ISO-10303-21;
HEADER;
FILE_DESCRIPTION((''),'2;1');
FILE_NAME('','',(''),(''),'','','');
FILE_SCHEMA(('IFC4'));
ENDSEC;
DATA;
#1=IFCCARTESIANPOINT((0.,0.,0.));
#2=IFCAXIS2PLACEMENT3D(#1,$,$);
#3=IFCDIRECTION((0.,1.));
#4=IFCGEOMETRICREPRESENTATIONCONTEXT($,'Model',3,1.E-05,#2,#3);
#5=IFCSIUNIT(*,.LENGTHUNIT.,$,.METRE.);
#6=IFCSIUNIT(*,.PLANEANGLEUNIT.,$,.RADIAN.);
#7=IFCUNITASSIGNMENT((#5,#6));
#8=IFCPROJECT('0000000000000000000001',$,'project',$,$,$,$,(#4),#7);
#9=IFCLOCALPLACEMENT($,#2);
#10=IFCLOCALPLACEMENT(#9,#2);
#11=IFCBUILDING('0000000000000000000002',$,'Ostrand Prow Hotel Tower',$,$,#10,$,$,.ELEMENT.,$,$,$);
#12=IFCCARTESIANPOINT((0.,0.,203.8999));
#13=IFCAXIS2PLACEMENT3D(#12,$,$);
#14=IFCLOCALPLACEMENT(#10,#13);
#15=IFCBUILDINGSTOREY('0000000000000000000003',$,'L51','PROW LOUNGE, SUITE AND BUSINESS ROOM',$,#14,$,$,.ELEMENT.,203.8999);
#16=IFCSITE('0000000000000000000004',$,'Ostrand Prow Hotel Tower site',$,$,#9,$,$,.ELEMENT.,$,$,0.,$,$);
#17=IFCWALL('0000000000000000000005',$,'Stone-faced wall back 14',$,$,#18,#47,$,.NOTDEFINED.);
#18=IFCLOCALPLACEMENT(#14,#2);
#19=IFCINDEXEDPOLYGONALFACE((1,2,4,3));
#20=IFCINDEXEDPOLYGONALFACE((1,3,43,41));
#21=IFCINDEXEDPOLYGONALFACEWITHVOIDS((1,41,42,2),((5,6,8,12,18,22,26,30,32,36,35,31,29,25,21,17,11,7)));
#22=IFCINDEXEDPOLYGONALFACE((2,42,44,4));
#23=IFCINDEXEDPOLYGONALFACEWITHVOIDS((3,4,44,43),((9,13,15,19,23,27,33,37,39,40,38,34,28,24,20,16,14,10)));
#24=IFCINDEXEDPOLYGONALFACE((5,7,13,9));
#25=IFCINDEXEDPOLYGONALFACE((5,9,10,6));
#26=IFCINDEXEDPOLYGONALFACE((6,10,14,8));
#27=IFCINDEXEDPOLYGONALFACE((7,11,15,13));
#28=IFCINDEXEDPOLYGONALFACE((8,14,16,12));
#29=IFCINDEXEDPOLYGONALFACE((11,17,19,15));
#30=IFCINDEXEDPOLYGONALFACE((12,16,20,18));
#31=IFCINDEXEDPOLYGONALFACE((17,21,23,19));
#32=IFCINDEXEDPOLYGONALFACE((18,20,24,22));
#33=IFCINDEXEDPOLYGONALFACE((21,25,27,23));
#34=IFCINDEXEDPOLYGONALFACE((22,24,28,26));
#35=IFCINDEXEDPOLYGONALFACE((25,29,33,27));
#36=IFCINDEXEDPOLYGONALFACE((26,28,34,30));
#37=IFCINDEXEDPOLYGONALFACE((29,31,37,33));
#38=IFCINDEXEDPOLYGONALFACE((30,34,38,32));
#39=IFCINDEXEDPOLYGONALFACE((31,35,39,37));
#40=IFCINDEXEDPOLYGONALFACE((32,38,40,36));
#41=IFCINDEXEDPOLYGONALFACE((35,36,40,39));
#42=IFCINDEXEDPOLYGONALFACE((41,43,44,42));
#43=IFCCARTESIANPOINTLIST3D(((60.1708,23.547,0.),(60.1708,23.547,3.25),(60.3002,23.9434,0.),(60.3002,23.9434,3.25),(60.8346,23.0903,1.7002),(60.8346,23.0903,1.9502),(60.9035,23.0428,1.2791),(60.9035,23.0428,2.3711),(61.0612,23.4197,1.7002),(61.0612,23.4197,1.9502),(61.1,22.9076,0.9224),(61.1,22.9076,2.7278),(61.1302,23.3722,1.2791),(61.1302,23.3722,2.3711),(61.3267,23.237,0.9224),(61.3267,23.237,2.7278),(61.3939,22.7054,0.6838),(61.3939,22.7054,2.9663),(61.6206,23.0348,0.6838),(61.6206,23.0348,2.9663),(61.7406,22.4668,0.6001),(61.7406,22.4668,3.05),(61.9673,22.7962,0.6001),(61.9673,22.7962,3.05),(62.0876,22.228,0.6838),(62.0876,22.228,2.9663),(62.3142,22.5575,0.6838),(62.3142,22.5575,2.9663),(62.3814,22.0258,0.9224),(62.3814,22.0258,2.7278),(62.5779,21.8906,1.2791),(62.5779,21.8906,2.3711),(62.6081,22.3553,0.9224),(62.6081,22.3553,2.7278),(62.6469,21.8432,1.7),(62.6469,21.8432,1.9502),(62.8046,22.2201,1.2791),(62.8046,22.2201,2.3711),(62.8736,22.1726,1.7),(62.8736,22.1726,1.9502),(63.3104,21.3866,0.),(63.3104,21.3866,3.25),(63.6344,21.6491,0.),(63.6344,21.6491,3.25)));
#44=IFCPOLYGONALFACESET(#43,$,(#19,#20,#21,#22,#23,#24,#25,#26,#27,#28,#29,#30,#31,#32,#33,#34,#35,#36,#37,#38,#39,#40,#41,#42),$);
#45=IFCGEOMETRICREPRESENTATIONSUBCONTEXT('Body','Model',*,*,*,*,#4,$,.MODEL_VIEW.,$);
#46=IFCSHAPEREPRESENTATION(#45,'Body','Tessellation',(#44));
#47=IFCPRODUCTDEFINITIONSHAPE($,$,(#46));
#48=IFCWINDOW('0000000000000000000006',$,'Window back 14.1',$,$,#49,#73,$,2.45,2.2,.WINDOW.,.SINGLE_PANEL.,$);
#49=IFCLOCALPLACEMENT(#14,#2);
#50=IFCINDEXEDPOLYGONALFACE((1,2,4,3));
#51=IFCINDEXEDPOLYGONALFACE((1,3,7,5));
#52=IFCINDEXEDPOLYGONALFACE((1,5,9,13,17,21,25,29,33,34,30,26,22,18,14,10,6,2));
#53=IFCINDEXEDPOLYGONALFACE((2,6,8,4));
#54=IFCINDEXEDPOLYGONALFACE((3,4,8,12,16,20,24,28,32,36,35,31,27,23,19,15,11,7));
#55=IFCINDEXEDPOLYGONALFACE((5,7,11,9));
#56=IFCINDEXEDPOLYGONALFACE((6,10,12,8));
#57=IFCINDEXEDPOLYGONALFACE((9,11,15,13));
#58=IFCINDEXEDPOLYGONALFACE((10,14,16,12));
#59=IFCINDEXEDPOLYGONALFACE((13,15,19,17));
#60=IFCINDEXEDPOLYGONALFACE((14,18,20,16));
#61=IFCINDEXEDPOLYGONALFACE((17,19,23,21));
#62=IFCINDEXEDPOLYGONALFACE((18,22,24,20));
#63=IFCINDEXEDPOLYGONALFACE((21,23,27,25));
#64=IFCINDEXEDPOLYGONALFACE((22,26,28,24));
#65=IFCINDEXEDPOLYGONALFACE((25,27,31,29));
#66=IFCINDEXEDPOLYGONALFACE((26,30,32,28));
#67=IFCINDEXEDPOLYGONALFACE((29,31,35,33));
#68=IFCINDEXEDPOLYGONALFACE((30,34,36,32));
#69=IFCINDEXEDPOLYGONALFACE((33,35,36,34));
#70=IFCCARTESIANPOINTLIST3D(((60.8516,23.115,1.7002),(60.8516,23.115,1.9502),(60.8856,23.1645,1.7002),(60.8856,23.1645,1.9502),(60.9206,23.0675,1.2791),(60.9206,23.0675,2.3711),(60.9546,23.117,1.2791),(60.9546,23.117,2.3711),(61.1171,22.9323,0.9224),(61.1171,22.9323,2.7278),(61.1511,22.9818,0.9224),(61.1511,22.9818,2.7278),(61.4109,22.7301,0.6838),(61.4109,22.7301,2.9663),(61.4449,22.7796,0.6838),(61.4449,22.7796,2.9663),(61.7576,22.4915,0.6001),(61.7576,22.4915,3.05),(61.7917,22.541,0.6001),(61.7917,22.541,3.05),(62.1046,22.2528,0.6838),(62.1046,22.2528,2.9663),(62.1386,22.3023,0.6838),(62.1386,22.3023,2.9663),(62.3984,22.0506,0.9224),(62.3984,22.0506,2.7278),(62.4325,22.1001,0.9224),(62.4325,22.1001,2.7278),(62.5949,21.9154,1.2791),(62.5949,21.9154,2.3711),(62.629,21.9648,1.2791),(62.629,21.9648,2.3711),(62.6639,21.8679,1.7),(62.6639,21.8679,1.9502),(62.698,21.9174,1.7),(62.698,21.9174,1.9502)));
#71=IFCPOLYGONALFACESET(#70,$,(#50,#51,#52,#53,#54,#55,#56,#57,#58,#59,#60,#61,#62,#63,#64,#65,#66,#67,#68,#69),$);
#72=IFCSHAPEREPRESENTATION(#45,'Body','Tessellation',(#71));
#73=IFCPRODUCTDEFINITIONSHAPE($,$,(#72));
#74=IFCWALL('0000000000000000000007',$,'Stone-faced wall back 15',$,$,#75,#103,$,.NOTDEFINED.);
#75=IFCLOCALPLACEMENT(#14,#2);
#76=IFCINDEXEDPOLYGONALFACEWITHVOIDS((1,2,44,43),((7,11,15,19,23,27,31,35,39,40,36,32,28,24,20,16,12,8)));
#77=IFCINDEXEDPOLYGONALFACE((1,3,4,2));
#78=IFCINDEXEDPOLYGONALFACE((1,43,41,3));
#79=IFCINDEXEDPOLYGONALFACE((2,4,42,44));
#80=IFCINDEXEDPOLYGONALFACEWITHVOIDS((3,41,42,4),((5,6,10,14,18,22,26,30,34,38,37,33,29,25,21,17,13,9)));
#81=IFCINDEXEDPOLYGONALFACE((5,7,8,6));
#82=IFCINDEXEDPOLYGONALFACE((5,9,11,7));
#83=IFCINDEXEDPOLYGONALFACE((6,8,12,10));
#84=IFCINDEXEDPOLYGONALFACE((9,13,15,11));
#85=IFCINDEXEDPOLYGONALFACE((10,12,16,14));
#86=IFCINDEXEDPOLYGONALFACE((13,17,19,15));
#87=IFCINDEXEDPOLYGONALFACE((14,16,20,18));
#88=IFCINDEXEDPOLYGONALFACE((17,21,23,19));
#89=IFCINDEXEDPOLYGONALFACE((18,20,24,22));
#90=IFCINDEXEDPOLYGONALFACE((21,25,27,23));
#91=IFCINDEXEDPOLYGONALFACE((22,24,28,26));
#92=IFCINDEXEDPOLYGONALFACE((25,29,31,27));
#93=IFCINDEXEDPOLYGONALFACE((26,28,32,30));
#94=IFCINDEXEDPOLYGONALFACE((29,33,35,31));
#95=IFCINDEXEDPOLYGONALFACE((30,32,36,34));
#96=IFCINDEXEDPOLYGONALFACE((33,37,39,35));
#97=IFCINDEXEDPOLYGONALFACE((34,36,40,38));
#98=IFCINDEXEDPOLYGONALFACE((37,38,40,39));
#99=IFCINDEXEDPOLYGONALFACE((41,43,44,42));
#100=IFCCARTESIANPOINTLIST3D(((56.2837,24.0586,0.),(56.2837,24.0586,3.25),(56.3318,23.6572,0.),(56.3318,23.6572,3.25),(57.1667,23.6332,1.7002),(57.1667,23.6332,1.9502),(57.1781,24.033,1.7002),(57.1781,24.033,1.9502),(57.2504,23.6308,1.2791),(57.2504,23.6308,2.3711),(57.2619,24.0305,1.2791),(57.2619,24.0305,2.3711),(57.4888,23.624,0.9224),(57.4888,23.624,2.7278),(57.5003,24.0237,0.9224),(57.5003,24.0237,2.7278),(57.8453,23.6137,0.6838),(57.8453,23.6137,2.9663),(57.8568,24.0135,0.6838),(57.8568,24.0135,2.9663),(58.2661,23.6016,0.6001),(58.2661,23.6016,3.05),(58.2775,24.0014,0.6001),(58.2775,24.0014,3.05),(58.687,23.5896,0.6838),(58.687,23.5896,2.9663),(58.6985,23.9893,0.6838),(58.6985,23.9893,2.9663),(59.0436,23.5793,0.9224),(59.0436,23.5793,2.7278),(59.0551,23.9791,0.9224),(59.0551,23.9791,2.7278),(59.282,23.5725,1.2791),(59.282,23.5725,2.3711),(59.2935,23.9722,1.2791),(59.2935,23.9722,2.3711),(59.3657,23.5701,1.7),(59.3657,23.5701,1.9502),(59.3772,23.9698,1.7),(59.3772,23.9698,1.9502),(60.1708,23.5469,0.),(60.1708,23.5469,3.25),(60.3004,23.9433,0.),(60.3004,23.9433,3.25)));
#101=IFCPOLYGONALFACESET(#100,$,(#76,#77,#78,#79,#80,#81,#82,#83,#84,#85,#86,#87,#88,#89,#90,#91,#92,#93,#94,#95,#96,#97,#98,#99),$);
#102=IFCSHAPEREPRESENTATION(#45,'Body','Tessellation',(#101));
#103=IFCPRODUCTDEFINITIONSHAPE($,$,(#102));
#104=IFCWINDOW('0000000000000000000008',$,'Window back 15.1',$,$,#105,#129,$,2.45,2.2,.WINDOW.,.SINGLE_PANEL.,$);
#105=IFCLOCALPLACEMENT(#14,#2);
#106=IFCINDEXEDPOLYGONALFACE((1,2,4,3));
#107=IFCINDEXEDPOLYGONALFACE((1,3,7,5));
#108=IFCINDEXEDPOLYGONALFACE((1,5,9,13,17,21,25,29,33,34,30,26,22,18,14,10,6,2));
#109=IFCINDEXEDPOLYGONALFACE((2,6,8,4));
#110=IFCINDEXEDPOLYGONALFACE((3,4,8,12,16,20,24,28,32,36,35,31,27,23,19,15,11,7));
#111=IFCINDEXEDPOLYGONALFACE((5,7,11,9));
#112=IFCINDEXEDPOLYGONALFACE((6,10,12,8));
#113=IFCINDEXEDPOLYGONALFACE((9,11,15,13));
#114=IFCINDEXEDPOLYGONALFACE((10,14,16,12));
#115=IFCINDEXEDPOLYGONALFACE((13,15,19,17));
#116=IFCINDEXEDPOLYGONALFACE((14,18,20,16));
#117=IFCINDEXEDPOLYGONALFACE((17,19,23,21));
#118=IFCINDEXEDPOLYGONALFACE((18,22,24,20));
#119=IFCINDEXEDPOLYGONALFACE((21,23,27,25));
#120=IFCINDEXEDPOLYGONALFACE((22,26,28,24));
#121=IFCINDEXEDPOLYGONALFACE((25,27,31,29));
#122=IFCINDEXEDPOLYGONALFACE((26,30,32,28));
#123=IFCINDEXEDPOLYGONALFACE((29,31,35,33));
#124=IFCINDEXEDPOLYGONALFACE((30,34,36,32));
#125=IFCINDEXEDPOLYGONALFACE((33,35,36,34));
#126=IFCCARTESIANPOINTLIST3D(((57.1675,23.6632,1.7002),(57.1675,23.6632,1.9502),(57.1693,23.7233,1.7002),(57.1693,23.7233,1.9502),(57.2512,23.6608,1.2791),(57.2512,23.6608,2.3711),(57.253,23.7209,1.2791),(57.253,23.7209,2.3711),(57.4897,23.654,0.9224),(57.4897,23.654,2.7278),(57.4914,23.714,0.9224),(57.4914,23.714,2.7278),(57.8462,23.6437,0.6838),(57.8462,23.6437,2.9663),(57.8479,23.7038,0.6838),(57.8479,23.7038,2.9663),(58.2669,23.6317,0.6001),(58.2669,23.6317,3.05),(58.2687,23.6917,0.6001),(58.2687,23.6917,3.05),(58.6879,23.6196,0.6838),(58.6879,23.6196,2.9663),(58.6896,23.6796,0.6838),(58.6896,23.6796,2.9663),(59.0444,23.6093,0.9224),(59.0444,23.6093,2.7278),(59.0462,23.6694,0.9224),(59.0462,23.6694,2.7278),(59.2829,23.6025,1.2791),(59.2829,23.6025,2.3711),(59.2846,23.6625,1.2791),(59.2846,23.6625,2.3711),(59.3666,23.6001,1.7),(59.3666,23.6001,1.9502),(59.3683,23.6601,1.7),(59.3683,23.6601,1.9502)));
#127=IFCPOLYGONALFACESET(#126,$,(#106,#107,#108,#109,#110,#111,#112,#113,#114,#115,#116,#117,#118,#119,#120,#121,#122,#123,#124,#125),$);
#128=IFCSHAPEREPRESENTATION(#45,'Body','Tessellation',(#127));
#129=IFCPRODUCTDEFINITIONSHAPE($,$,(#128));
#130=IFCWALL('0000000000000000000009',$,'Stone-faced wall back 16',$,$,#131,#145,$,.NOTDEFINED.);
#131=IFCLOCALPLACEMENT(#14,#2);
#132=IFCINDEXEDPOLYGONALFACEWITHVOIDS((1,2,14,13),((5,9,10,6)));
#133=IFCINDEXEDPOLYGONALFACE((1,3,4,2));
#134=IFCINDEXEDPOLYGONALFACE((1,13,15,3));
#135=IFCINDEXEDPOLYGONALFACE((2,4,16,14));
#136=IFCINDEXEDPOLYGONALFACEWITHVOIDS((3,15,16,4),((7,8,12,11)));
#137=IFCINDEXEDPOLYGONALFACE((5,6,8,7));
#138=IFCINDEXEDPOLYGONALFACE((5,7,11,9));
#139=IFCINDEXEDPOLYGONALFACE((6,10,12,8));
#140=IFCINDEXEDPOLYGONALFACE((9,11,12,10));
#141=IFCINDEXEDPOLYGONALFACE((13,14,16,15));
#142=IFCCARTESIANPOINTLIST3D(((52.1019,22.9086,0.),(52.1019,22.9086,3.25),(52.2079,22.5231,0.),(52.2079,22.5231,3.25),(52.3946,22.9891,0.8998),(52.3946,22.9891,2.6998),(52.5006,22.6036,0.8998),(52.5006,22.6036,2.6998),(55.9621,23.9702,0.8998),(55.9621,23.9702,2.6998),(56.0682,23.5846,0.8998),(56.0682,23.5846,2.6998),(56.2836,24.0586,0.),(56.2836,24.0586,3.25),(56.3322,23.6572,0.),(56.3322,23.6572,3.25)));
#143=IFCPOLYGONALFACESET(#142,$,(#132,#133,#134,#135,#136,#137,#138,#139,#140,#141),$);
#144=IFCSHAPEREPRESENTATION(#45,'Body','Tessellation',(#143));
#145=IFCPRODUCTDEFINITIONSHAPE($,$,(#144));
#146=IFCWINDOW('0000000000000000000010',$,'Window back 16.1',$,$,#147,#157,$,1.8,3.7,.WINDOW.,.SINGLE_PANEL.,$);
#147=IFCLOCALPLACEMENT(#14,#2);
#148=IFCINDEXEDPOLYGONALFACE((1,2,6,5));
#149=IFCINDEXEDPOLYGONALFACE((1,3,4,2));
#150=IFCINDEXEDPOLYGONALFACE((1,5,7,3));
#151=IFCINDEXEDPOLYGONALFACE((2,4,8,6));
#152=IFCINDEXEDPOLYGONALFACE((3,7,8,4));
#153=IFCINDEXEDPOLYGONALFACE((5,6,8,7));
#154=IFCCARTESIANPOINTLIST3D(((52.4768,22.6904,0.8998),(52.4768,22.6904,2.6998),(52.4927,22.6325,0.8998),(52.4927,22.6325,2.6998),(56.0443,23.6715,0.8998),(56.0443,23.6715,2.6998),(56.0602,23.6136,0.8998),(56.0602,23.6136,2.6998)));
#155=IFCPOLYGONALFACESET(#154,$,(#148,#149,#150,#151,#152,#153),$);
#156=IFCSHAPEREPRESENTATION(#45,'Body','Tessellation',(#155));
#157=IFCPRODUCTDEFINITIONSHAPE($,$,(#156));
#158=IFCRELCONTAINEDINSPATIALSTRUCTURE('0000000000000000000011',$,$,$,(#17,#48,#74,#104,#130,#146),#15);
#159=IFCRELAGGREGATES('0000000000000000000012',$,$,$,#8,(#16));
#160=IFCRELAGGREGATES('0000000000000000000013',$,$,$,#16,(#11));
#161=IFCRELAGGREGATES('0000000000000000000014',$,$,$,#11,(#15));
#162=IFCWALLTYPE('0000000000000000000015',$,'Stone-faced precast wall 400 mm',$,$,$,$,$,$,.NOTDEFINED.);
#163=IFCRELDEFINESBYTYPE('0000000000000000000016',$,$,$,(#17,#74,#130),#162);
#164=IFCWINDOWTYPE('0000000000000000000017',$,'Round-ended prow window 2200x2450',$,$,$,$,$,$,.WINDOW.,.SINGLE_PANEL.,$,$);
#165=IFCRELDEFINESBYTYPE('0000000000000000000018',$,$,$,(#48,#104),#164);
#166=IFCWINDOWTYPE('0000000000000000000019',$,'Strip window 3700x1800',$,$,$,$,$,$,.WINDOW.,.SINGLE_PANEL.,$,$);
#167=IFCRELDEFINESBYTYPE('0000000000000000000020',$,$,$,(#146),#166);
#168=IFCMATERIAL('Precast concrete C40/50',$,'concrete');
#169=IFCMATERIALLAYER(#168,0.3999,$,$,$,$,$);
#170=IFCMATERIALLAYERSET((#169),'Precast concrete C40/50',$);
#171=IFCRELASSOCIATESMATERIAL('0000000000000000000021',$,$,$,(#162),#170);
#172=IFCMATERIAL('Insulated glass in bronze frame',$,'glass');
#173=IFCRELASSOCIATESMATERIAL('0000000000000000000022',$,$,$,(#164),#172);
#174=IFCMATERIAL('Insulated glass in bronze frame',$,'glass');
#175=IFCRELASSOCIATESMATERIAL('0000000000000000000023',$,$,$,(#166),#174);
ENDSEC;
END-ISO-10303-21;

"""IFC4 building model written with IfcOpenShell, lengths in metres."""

from ifc_helpers import new_model, si_unit, direction, frame, frame_2d, origin, place, context, subcontext, project, spatial, polyline, rectangle, outline, extrude, material, layer, layer_set, type_object, element, fill, save


model = new_model("IFC4")

# Units and contexts
model_context = context("Model", 3, precision=1e-05, world=origin(), true_north=direction((0.0, 1.0)))
body_context = subcontext(model_context, "Body", "Model", "MODEL_VIEW")
ifc_project = project(units=[si_unit("LENGTHUNIT", "METRE"), si_unit("PLANEANGLEUNIT", "RADIAN")], contexts=[model_context])

# Site, building, storey
site_placement = place(None, origin())
site = spatial("IfcSite", under=ifc_project, at=site_placement, Name="Ostrand Prow Hotel Tower site", CompositionType="ELEMENT", RefElevation=0.0)
building_placement = place(site_placement, origin())
building = spatial("IfcBuilding", under=site, at=building_placement, Name="Ostrand Prow Hotel Tower", CompositionType="ELEMENT")
storey_placement = place(building_placement, frame((0.0, 0.0, 203.8999)))
storey = spatial("IfcBuildingStorey", under=building, at=storey_placement, Name="L51", Description="PROW LOUNGE, SUITE AND BUSINESS ROOM", CompositionType="ELEMENT", Elevation=203.8999)

# Walls, openings, windows
ifc_material_1 = material(Name="Precast concrete C40/50", Category="concrete")
ifc_layer_1 = layer(ifc_material_1, 0.3999)
ifc_layer_set_1 = layer_set([ifc_layer_1], Name="Precast concrete C40/50")
wall_type_1 = type_object("IfcWallType", Name="Stone-faced precast wall 400 mm", PredefinedType="NOTDEFINED", material=ifc_layer_set_1)
ifc_material_2 = material(Name="Insulated glass in bronze frame", Category="glass")
window_type_1 = type_object("IfcWindowType", Name="Round-ended prow window 2200x2450", PartitioningType="SINGLE_PANEL", PredefinedType="WINDOW", material=ifc_material_2)
wall_1_placement = place(storey_placement, frame((63.4724, 21.5178, 0.0), z_axis=(0.0, 0.0, 1.0), x_axis=(-0.823806, 0.566872, 0.0)))
wall_1 = element("IfcWall", 1, at=wall_1_placement, inside=storey, type_object=wall_type_1, Name="Stone-faced wall back 14", PredefinedType="NOTDEFINED", context=body_context, shape_type="SweptSolid", body=[
    extrude(outline(polyline([(-0.0591, -0.2), (3.9883, -0.2), (3.8701, 0.2), (0.0591, 0.2), (-0.0591, -0.2)])), origin(), (0.0, 0.0, 1.0), 3.25),
])
opening_1_placement = place(wall_1_placement, frame((0.8645, 0.0, 0.6001)))
opening_1 = element("IfcOpeningElement", 2, at=opening_1_placement, cuts=wall_1, PredefinedType="OPENING", context=body_context, shape_type="SweptSolid", body=[
    extrude(outline(polyline([(0.0, 1.3501), (0.0837, 1.771), (0.3223, 2.1277), (0.679, 2.3662), (1.1001, 2.45), (1.521, 2.3662), (1.8777, 2.1277), (2.1162, 1.771), (2.2, 1.3501), (2.2, 1.1001), (2.1162, 0.679), (1.8777, 0.3223), (1.521, 0.0837), (1.1001, 0.0), (0.679, 0.0837), (0.3223, 0.3223), (0.0837, 0.679), (0.0, 1.0999), (0.0, 1.3501)])), frame((0.0, 0.21, 0.0), z_axis=(0.0, -1.0, 0.0), x_axis=(1.0, 0.0, 0.0)), (0.0, 0.0, 1.0), 0.4199),
])
window_1_placement = place(opening_1_placement, origin())
window_1 = element("IfcWindow", 3, at=window_1_placement, inside=storey, type_object=window_type_1, Name="Window back 14.1", OverallHeight=2.45, OverallWidth=2.2, PartitioningType="SINGLE_PANEL", PredefinedType="WINDOW", context=body_context, shape_type="SweptSolid", body=[
    extrude(outline(polyline([(0.0, 1.3501), (0.0837, 1.771), (0.3223, 2.1277), (0.679, 2.3662), (1.1001, 2.45), (1.521, 2.3662), (1.8777, 2.1277), (2.1162, 1.771), (2.2, 1.3501), (2.2, 1.1001), (2.1162, 0.679), (1.8777, 0.3223), (1.521, 0.0837), (1.1001, 0.0), (0.679, 0.0837), (0.3223, 0.3223), (0.0837, 0.679), (0.0, 1.0999), (0.0, 1.3501)])), frame((0.0, 0.1699, 0.0), z_axis=(0.0, -1.0, 0.0), x_axis=(1.0, 0.0, 0.0)), (0.0, 0.0, 1.0), 0.0601),
])
fill(opening_1, window_1)
wall_2_placement = place(storey_placement, frame((60.2356, 23.7451, 0.0), z_axis=(0.0, 0.0, 1.0), x_axis=(-0.999588, 0.028705, 0.0)))
wall_2 = element("IfcWall", 4, at=wall_2_placement, inside=storey, type_object=wall_type_1, Name="Stone-faced wall back 15", PredefinedType="NOTDEFINED", context=body_context, shape_type="SweptSolid", body=[
    extrude(outline(polyline([(-0.0591, -0.2), (3.9592, -0.2), (3.8997, 0.2), (0.0591, 0.2), (-0.0591, -0.2)])), origin(), (0.0, 0.0, 1.0), 3.25),
])
opening_2_placement = place(wall_2_placement, frame((0.8645, 0.0, 0.6001)))
opening_2 = element("IfcOpeningElement", 5, at=opening_2_placement, cuts=wall_2, PredefinedType="OPENING", context=body_context, shape_type="SweptSolid", body=[
    extrude(outline(polyline([(0.0, 1.3501), (0.0837, 1.771), (0.3223, 2.1277), (0.679, 2.3662), (1.1001, 2.45), (1.521, 2.3662), (1.8777, 2.1277), (2.1162, 1.771), (2.2, 1.3501), (2.2, 1.1001), (2.1162, 0.679), (1.8777, 0.3223), (1.521, 0.0837), (1.1001, 0.0), (0.679, 0.0837), (0.3223, 0.3223), (0.0837, 0.679), (0.0, 1.0999), (0.0, 1.3501)])), frame((0.0, 0.21, 0.0), z_axis=(0.0, -1.0, 0.0), x_axis=(1.0, 0.0, 0.0)), (0.0, 0.0, 1.0), 0.4199),
])
window_2_placement = place(opening_2_placement, origin())
window_2 = element("IfcWindow", 6, at=window_2_placement, inside=storey, type_object=window_type_1, Name="Window back 15.1", OverallHeight=2.45, OverallWidth=2.2, PartitioningType="SINGLE_PANEL", PredefinedType="WINDOW", context=body_context, shape_type="SweptSolid", body=[
    extrude(outline(polyline([(0.0, 1.3501), (0.0837, 1.771), (0.3223, 2.1277), (0.679, 2.3662), (1.1001, 2.45), (1.521, 2.3662), (1.8777, 2.1277), (2.1162, 1.771), (2.2, 1.3501), (2.2, 1.1001), (2.1162, 0.679), (1.8777, 0.3223), (1.521, 0.0837), (1.1001, 0.0), (0.679, 0.0837), (0.3223, 0.3223), (0.0837, 0.679), (0.0, 1.0999), (0.0, 1.3501)])), frame((0.0, 0.1699, 0.0), z_axis=(0.0, -1.0, 0.0), x_axis=(1.0, 0.0, 0.0)), (0.0, 0.0, 1.0), 0.0601),
])
fill(opening_2, window_2)
wall_3_placement = place(storey_placement, frame((56.3079, 23.8579, 0.0), z_axis=(0.0, 0.0, 1.0), x_axis=(-0.964206, -0.265155, 0.0)))
wall_3 = element("IfcWall", 7, at=wall_3_placement, inside=storey, type_object=wall_type_1, Name="Stone-faced wall back 16", PredefinedType="NOTDEFINED", context=body_context, shape_type="SweptSolid", body=[
    extrude(outline(polyline([(-0.0298, -0.2), (4.3071, -0.2), (4.3071, 0.2), (0.0298, 0.2), (-0.0298, -0.2)])), origin(), (0.0, 0.0, 1.0), 3.25),
])
opening_3_placement = place(wall_3_placement, frame((0.3035, 0.0, 0.8999)))
opening_3 = element("IfcOpeningElement", 8, at=opening_3_placement, cuts=wall_3, PredefinedType="OPENING", context=body_context, shape_type="SweptSolid", body=[
    extrude(rectangle(XDim=3.7, YDim=1.8, at=frame_2d((1.8501, 0.8999))), frame((0.0, 0.21, 0.0), z_axis=(0.0, -1.0, 0.0), x_axis=(1.0, 0.0, 0.0)), (0.0, 0.0, 1.0), 0.4199),
])
ifc_material_3 = material(Name="Insulated glass in bronze frame", Category="glass")
window_type_2 = type_object("IfcWindowType", Name="Strip window 3700x1800", PartitioningType="SINGLE_PANEL", PredefinedType="WINDOW", material=ifc_material_3)
window_3_placement = place(opening_3_placement, origin())
window_3 = element("IfcWindow", 9, at=window_3_placement, inside=storey, type_object=window_type_2, Name="Window back 16.1", OverallHeight=1.8, OverallWidth=3.7, PartitioningType="SINGLE_PANEL", PredefinedType="WINDOW", context=body_context, shape_type="SweptSolid", body=[
    extrude(rectangle(XDim=3.7, YDim=1.8, at=frame_2d((1.8501, 0.8999))), frame((0.0, 0.1699, 0.0), z_axis=(0.0, -1.0, 0.0), x_axis=(1.0, 0.0, 0.0)), (0.0, 0.0, 1.0), 0.0601),
])
fill(opening_3, window_3)

save(model, "model.ifc")
